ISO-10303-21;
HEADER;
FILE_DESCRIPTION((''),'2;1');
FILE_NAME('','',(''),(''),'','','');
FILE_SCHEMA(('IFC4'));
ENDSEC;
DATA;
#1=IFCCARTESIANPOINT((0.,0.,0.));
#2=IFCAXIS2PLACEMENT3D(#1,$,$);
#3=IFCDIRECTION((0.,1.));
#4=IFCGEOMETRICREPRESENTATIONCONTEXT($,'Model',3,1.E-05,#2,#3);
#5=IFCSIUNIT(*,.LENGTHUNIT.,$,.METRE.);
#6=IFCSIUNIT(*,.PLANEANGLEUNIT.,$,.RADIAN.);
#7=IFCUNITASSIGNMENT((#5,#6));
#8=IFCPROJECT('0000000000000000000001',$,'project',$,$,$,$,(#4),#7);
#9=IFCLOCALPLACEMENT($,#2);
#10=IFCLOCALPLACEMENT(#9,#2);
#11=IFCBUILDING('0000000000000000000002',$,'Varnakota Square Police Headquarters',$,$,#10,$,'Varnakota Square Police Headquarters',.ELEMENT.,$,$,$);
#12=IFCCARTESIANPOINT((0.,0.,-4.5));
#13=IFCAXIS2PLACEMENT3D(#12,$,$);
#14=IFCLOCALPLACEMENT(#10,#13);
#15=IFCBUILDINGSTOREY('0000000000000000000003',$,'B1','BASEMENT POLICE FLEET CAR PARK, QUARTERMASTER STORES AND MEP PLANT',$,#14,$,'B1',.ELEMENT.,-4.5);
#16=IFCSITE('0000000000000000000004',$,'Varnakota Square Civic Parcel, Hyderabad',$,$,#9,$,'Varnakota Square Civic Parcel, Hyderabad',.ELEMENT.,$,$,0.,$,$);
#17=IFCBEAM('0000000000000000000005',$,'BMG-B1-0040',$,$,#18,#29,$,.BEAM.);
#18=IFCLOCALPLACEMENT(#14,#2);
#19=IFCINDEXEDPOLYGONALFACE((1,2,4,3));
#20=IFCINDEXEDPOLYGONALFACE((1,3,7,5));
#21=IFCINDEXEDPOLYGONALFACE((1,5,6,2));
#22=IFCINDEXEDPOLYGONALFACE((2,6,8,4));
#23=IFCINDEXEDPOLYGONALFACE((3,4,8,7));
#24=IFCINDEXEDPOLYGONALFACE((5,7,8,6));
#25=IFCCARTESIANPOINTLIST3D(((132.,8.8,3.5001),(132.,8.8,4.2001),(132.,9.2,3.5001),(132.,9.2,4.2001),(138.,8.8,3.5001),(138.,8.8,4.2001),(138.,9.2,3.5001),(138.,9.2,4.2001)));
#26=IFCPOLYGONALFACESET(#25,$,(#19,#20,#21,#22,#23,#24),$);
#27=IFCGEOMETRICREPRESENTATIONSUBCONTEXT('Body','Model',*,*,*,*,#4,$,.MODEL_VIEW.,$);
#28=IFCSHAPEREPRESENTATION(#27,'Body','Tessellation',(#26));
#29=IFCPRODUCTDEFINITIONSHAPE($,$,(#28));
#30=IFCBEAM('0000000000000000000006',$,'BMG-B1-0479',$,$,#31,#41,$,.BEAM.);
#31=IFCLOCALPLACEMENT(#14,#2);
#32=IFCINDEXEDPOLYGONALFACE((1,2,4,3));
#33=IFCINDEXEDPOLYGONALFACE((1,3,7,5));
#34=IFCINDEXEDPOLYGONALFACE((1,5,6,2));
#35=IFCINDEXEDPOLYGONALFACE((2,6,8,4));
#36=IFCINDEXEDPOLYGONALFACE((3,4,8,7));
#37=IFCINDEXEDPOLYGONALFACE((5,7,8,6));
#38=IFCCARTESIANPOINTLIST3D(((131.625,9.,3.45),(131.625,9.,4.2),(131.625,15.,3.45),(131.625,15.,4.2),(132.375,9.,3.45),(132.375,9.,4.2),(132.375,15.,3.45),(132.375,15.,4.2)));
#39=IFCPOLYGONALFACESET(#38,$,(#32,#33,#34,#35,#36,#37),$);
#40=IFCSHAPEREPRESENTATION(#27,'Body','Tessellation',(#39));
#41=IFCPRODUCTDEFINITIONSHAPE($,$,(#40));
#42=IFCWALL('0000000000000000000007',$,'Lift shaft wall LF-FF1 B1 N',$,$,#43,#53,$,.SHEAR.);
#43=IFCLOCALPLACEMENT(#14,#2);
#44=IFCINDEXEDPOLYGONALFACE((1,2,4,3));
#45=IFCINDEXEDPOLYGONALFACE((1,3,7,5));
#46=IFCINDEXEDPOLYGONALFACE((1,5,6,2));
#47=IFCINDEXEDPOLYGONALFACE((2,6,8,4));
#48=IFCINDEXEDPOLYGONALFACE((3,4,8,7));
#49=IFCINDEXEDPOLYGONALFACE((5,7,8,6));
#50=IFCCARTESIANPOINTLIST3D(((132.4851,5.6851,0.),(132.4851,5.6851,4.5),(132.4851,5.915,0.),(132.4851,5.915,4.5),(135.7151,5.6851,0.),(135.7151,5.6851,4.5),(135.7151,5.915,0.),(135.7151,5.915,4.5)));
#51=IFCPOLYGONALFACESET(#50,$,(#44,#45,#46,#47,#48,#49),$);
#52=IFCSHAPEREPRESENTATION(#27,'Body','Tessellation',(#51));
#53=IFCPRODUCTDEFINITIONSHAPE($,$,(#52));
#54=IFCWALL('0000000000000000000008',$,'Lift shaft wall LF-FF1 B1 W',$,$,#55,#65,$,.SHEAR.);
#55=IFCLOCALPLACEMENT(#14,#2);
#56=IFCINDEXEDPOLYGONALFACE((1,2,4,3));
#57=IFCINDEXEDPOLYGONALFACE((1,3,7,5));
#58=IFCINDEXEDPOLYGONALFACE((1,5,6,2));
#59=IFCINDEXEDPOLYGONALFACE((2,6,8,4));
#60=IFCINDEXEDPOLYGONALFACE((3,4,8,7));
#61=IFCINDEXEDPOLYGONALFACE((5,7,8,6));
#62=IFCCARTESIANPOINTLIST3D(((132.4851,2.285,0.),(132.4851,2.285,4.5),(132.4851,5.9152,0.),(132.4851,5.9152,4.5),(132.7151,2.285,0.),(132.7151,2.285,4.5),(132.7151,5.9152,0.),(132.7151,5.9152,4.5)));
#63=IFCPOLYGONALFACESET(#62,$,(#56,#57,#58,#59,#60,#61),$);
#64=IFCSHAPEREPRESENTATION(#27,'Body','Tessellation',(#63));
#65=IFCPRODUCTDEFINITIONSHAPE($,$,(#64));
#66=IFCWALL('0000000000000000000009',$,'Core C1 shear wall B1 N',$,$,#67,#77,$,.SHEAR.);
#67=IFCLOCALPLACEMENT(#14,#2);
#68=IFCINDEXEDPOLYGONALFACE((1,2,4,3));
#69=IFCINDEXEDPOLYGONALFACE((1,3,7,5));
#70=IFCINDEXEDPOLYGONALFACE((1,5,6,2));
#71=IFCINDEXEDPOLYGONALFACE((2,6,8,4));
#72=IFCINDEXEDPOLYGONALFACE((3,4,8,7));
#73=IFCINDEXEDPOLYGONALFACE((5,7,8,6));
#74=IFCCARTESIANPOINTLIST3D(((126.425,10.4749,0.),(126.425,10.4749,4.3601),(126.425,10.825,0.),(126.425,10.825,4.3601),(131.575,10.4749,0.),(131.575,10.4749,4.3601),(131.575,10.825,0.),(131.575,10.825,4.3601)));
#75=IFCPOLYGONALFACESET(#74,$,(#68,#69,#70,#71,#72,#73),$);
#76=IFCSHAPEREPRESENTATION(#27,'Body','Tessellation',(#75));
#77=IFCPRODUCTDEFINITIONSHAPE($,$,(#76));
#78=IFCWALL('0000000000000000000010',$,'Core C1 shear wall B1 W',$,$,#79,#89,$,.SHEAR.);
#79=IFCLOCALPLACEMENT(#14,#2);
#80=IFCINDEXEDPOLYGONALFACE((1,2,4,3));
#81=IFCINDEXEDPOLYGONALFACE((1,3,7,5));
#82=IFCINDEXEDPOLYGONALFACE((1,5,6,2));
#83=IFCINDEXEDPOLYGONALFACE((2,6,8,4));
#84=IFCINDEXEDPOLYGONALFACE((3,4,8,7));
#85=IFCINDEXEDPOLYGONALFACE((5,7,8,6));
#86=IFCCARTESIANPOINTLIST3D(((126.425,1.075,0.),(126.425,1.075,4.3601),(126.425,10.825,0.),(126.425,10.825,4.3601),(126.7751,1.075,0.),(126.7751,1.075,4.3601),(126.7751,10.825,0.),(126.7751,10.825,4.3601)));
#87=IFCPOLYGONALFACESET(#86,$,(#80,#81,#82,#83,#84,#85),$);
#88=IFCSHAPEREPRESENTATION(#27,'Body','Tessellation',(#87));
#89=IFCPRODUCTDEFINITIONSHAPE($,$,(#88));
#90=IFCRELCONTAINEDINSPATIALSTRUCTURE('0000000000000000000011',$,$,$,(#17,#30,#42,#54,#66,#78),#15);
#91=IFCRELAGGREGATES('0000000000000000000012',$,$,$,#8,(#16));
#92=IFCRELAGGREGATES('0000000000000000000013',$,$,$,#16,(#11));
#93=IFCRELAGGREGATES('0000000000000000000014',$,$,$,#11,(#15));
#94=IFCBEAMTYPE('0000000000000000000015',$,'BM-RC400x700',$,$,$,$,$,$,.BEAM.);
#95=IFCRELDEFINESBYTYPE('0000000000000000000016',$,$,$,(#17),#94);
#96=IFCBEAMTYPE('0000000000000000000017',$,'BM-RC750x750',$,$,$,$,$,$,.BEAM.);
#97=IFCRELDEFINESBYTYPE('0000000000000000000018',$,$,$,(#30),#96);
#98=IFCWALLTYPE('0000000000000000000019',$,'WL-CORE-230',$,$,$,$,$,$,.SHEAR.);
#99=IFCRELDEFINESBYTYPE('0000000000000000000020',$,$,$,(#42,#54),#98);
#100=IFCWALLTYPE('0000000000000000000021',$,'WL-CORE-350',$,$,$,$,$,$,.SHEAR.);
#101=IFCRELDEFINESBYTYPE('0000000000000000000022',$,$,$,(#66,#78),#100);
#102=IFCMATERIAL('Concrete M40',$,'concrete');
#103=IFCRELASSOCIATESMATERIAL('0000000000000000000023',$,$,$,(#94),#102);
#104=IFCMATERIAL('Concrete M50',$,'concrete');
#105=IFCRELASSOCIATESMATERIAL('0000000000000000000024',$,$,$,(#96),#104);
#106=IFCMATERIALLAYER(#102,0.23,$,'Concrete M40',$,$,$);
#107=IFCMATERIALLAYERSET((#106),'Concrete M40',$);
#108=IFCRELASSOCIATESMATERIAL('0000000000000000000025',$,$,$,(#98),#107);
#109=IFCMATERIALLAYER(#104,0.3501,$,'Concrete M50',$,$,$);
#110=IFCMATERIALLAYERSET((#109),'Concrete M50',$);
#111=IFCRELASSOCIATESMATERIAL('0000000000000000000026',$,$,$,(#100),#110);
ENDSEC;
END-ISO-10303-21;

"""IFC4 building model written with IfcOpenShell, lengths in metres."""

from ifc_helpers import new_model, si_unit, direction, frame, frame_2d, origin, origin_2d, place, context, subcontext, project, spatial, rectangle, extrude, material, layer, layer_set, material_profile, profile_set, type_object, element, save


model = new_model("IFC4")

# Units and contexts
model_context = context("Model", 3, precision=1e-05, world=origin(), true_north=direction((0.0, 1.0)))
body_context = subcontext(model_context, "Body", "Model", "MODEL_VIEW")
ifc_project = project(units=[si_unit("LENGTHUNIT", "METRE"), si_unit("PLANEANGLEUNIT", "RADIAN")], contexts=[model_context])

# Site, building, storey
site_placement = place(None, origin())
site = spatial("IfcSite", under=ifc_project, at=site_placement, Name="Varnakota Square Civic Parcel, Hyderabad", LongName="Varnakota Square Civic Parcel, Hyderabad", CompositionType="ELEMENT", RefElevation=0.0)
building_placement = place(site_placement, origin())
building = spatial("IfcBuilding", under=site, at=building_placement, Name="Varnakota Square Police Headquarters", LongName="Varnakota Square Police Headquarters", CompositionType="ELEMENT")
storey_placement = place(building_placement, frame((0.0, 0.0, -4.5)))
storey = spatial("IfcBuildingStorey", under=building, at=storey_placement, Name="B1", Description="BASEMENT POLICE FLEET CAR PARK, QUARTERMASTER STORES AND MEP PLANT", LongName="B1", CompositionType="ELEMENT", Elevation=-4.5)

# Shared definitions
ifc_material_1 = material(Name="Concrete M40", Category="concrete")
ifc_material_2 = material(Name="Concrete M50", Category="concrete")

# Beams
ifc_material_profile_1 = material_profile(ifc_material_1, rectangle(XDim=0.3999, YDim=0.7, at=origin_2d()), Name="RC 400x700")
ifc_profile_set_1 = profile_set([ifc_material_profile_1], Name="Concrete M40")
beam_type_1 = type_object("IfcBeamType", Name="BM-RC400x700", PredefinedType="BEAM", material=ifc_profile_set_1)
beam_1_placement = place(storey_placement, frame((132.0, 9.0, 3.8501), z_axis=(1.0, 0.0, 0.0), x_axis=(0.0, 1.0, 0.0)))
element("IfcBeam", 1, at=beam_1_placement, inside=storey, type_object=beam_type_1, Name="BMG-B1-0040", PredefinedType="BEAM", context=body_context, shape_type="SweptSolid", body=[
    extrude(rectangle(XDim=0.3999, YDim=0.7, at=origin_2d()), origin(), (0.0, 0.0, 1.0), 6.0),
])
ifc_material_profile_2 = material_profile(ifc_material_2, rectangle(XDim=0.75, YDim=0.75, at=origin_2d()), Name="RC 750x750")
ifc_profile_set_2 = profile_set([ifc_material_profile_2], Name="Concrete M50")
beam_type_2 = type_object("IfcBeamType", Name="BM-RC750x750", PredefinedType="BEAM", material=ifc_profile_set_2)
beam_2_placement = place(storey_placement, frame((132.0, 9.0, 3.825), z_axis=(0.0, 1.0, 0.0), x_axis=(-1.0, 0.0, 0.0)))
element("IfcBeam", 2, at=beam_2_placement, inside=storey, type_object=beam_type_2, Name="BMG-B1-0479", PredefinedType="BEAM", context=body_context, shape_type="SweptSolid", body=[
    extrude(rectangle(XDim=0.75, YDim=0.75, at=origin_2d()), origin(), (0.0, 0.0, 1.0), 6.0),
])

# Walls
ifc_layer_1 = layer(ifc_material_1, 0.23, Name="Concrete M40")
ifc_layer_set_1 = layer_set([ifc_layer_1], Name="Concrete M40")
wall_type_1 = type_object("IfcWallType", Name="WL-CORE-230", PredefinedType="SHEAR", material=ifc_layer_set_1)
wall_1_placement = place(storey_placement, frame((135.7151, 5.8, 0.0), z_axis=(0.0, 0.0, 1.0), x_axis=(-1.0, 0.0, 0.0)))
element("IfcWall", 3, at=wall_1_placement, inside=storey, type_object=wall_type_1, Name="Lift shaft wall LF-FF1 B1 N", PredefinedType="SHEAR", context=body_context, shape_type="SweptSolid", body=[
    extrude(rectangle(XDim=3.23, YDim=0.23, at=frame_2d((1.615, 0.0))), origin(), (0.0, 0.0, 1.0), 4.5),
])
wall_2_placement = place(storey_placement, frame((132.6001, 5.915, 0.0), z_axis=(0.0, 0.0, 1.0), x_axis=(0.0, -1.0, 0.0)))
element("IfcWall", 4, at=wall_2_placement, inside=storey, type_object=wall_type_1, Name="Lift shaft wall LF-FF1 B1 W", PredefinedType="SHEAR", context=body_context, shape_type="SweptSolid", body=[
    extrude(rectangle(XDim=3.6301, YDim=0.23, at=frame_2d((1.8149, 0.0))), origin(), (0.0, 0.0, 1.0), 4.5),
])
ifc_layer_2 = layer(ifc_material_2, 0.3501, Name="Concrete M50")
ifc_layer_set_2 = layer_set([ifc_layer_2], Name="Concrete M50")
wall_type_2 = type_object("IfcWallType", Name="WL-CORE-350", PredefinedType="SHEAR", material=ifc_layer_set_2)
wall_3_placement = place(storey_placement, frame((131.575, 10.6499, 0.0), z_axis=(0.0, 0.0, 1.0), x_axis=(-1.0, 0.0, 0.0)))
element("IfcWall", 5, at=wall_3_placement, inside=storey, type_object=wall_type_2, Name="Core C1 shear wall B1 N", PredefinedType="SHEAR", context=body_context, shape_type="SweptSolid", body=[
    extrude(rectangle(XDim=5.1499, YDim=0.3501, at=frame_2d((2.575, 0.0))), origin(), (0.0, 0.0, 1.0), 4.3601),
])
wall_4_placement = place(storey_placement, frame((126.6001, 10.825, 0.0), z_axis=(0.0, 0.0, 1.0), x_axis=(0.0, -1.0, 0.0)))
element("IfcWall", 6, at=wall_4_placement, inside=storey, type_object=wall_type_2, Name="Core C1 shear wall B1 W", PredefinedType="SHEAR", context=body_context, shape_type="SweptSolid", body=[
    extrude(rectangle(XDim=9.75, YDim=0.3501, at=frame_2d((4.875, 0.0))), origin(), (0.0, 0.0, 1.0), 4.3601),
])

save(model, "model.ifc")
